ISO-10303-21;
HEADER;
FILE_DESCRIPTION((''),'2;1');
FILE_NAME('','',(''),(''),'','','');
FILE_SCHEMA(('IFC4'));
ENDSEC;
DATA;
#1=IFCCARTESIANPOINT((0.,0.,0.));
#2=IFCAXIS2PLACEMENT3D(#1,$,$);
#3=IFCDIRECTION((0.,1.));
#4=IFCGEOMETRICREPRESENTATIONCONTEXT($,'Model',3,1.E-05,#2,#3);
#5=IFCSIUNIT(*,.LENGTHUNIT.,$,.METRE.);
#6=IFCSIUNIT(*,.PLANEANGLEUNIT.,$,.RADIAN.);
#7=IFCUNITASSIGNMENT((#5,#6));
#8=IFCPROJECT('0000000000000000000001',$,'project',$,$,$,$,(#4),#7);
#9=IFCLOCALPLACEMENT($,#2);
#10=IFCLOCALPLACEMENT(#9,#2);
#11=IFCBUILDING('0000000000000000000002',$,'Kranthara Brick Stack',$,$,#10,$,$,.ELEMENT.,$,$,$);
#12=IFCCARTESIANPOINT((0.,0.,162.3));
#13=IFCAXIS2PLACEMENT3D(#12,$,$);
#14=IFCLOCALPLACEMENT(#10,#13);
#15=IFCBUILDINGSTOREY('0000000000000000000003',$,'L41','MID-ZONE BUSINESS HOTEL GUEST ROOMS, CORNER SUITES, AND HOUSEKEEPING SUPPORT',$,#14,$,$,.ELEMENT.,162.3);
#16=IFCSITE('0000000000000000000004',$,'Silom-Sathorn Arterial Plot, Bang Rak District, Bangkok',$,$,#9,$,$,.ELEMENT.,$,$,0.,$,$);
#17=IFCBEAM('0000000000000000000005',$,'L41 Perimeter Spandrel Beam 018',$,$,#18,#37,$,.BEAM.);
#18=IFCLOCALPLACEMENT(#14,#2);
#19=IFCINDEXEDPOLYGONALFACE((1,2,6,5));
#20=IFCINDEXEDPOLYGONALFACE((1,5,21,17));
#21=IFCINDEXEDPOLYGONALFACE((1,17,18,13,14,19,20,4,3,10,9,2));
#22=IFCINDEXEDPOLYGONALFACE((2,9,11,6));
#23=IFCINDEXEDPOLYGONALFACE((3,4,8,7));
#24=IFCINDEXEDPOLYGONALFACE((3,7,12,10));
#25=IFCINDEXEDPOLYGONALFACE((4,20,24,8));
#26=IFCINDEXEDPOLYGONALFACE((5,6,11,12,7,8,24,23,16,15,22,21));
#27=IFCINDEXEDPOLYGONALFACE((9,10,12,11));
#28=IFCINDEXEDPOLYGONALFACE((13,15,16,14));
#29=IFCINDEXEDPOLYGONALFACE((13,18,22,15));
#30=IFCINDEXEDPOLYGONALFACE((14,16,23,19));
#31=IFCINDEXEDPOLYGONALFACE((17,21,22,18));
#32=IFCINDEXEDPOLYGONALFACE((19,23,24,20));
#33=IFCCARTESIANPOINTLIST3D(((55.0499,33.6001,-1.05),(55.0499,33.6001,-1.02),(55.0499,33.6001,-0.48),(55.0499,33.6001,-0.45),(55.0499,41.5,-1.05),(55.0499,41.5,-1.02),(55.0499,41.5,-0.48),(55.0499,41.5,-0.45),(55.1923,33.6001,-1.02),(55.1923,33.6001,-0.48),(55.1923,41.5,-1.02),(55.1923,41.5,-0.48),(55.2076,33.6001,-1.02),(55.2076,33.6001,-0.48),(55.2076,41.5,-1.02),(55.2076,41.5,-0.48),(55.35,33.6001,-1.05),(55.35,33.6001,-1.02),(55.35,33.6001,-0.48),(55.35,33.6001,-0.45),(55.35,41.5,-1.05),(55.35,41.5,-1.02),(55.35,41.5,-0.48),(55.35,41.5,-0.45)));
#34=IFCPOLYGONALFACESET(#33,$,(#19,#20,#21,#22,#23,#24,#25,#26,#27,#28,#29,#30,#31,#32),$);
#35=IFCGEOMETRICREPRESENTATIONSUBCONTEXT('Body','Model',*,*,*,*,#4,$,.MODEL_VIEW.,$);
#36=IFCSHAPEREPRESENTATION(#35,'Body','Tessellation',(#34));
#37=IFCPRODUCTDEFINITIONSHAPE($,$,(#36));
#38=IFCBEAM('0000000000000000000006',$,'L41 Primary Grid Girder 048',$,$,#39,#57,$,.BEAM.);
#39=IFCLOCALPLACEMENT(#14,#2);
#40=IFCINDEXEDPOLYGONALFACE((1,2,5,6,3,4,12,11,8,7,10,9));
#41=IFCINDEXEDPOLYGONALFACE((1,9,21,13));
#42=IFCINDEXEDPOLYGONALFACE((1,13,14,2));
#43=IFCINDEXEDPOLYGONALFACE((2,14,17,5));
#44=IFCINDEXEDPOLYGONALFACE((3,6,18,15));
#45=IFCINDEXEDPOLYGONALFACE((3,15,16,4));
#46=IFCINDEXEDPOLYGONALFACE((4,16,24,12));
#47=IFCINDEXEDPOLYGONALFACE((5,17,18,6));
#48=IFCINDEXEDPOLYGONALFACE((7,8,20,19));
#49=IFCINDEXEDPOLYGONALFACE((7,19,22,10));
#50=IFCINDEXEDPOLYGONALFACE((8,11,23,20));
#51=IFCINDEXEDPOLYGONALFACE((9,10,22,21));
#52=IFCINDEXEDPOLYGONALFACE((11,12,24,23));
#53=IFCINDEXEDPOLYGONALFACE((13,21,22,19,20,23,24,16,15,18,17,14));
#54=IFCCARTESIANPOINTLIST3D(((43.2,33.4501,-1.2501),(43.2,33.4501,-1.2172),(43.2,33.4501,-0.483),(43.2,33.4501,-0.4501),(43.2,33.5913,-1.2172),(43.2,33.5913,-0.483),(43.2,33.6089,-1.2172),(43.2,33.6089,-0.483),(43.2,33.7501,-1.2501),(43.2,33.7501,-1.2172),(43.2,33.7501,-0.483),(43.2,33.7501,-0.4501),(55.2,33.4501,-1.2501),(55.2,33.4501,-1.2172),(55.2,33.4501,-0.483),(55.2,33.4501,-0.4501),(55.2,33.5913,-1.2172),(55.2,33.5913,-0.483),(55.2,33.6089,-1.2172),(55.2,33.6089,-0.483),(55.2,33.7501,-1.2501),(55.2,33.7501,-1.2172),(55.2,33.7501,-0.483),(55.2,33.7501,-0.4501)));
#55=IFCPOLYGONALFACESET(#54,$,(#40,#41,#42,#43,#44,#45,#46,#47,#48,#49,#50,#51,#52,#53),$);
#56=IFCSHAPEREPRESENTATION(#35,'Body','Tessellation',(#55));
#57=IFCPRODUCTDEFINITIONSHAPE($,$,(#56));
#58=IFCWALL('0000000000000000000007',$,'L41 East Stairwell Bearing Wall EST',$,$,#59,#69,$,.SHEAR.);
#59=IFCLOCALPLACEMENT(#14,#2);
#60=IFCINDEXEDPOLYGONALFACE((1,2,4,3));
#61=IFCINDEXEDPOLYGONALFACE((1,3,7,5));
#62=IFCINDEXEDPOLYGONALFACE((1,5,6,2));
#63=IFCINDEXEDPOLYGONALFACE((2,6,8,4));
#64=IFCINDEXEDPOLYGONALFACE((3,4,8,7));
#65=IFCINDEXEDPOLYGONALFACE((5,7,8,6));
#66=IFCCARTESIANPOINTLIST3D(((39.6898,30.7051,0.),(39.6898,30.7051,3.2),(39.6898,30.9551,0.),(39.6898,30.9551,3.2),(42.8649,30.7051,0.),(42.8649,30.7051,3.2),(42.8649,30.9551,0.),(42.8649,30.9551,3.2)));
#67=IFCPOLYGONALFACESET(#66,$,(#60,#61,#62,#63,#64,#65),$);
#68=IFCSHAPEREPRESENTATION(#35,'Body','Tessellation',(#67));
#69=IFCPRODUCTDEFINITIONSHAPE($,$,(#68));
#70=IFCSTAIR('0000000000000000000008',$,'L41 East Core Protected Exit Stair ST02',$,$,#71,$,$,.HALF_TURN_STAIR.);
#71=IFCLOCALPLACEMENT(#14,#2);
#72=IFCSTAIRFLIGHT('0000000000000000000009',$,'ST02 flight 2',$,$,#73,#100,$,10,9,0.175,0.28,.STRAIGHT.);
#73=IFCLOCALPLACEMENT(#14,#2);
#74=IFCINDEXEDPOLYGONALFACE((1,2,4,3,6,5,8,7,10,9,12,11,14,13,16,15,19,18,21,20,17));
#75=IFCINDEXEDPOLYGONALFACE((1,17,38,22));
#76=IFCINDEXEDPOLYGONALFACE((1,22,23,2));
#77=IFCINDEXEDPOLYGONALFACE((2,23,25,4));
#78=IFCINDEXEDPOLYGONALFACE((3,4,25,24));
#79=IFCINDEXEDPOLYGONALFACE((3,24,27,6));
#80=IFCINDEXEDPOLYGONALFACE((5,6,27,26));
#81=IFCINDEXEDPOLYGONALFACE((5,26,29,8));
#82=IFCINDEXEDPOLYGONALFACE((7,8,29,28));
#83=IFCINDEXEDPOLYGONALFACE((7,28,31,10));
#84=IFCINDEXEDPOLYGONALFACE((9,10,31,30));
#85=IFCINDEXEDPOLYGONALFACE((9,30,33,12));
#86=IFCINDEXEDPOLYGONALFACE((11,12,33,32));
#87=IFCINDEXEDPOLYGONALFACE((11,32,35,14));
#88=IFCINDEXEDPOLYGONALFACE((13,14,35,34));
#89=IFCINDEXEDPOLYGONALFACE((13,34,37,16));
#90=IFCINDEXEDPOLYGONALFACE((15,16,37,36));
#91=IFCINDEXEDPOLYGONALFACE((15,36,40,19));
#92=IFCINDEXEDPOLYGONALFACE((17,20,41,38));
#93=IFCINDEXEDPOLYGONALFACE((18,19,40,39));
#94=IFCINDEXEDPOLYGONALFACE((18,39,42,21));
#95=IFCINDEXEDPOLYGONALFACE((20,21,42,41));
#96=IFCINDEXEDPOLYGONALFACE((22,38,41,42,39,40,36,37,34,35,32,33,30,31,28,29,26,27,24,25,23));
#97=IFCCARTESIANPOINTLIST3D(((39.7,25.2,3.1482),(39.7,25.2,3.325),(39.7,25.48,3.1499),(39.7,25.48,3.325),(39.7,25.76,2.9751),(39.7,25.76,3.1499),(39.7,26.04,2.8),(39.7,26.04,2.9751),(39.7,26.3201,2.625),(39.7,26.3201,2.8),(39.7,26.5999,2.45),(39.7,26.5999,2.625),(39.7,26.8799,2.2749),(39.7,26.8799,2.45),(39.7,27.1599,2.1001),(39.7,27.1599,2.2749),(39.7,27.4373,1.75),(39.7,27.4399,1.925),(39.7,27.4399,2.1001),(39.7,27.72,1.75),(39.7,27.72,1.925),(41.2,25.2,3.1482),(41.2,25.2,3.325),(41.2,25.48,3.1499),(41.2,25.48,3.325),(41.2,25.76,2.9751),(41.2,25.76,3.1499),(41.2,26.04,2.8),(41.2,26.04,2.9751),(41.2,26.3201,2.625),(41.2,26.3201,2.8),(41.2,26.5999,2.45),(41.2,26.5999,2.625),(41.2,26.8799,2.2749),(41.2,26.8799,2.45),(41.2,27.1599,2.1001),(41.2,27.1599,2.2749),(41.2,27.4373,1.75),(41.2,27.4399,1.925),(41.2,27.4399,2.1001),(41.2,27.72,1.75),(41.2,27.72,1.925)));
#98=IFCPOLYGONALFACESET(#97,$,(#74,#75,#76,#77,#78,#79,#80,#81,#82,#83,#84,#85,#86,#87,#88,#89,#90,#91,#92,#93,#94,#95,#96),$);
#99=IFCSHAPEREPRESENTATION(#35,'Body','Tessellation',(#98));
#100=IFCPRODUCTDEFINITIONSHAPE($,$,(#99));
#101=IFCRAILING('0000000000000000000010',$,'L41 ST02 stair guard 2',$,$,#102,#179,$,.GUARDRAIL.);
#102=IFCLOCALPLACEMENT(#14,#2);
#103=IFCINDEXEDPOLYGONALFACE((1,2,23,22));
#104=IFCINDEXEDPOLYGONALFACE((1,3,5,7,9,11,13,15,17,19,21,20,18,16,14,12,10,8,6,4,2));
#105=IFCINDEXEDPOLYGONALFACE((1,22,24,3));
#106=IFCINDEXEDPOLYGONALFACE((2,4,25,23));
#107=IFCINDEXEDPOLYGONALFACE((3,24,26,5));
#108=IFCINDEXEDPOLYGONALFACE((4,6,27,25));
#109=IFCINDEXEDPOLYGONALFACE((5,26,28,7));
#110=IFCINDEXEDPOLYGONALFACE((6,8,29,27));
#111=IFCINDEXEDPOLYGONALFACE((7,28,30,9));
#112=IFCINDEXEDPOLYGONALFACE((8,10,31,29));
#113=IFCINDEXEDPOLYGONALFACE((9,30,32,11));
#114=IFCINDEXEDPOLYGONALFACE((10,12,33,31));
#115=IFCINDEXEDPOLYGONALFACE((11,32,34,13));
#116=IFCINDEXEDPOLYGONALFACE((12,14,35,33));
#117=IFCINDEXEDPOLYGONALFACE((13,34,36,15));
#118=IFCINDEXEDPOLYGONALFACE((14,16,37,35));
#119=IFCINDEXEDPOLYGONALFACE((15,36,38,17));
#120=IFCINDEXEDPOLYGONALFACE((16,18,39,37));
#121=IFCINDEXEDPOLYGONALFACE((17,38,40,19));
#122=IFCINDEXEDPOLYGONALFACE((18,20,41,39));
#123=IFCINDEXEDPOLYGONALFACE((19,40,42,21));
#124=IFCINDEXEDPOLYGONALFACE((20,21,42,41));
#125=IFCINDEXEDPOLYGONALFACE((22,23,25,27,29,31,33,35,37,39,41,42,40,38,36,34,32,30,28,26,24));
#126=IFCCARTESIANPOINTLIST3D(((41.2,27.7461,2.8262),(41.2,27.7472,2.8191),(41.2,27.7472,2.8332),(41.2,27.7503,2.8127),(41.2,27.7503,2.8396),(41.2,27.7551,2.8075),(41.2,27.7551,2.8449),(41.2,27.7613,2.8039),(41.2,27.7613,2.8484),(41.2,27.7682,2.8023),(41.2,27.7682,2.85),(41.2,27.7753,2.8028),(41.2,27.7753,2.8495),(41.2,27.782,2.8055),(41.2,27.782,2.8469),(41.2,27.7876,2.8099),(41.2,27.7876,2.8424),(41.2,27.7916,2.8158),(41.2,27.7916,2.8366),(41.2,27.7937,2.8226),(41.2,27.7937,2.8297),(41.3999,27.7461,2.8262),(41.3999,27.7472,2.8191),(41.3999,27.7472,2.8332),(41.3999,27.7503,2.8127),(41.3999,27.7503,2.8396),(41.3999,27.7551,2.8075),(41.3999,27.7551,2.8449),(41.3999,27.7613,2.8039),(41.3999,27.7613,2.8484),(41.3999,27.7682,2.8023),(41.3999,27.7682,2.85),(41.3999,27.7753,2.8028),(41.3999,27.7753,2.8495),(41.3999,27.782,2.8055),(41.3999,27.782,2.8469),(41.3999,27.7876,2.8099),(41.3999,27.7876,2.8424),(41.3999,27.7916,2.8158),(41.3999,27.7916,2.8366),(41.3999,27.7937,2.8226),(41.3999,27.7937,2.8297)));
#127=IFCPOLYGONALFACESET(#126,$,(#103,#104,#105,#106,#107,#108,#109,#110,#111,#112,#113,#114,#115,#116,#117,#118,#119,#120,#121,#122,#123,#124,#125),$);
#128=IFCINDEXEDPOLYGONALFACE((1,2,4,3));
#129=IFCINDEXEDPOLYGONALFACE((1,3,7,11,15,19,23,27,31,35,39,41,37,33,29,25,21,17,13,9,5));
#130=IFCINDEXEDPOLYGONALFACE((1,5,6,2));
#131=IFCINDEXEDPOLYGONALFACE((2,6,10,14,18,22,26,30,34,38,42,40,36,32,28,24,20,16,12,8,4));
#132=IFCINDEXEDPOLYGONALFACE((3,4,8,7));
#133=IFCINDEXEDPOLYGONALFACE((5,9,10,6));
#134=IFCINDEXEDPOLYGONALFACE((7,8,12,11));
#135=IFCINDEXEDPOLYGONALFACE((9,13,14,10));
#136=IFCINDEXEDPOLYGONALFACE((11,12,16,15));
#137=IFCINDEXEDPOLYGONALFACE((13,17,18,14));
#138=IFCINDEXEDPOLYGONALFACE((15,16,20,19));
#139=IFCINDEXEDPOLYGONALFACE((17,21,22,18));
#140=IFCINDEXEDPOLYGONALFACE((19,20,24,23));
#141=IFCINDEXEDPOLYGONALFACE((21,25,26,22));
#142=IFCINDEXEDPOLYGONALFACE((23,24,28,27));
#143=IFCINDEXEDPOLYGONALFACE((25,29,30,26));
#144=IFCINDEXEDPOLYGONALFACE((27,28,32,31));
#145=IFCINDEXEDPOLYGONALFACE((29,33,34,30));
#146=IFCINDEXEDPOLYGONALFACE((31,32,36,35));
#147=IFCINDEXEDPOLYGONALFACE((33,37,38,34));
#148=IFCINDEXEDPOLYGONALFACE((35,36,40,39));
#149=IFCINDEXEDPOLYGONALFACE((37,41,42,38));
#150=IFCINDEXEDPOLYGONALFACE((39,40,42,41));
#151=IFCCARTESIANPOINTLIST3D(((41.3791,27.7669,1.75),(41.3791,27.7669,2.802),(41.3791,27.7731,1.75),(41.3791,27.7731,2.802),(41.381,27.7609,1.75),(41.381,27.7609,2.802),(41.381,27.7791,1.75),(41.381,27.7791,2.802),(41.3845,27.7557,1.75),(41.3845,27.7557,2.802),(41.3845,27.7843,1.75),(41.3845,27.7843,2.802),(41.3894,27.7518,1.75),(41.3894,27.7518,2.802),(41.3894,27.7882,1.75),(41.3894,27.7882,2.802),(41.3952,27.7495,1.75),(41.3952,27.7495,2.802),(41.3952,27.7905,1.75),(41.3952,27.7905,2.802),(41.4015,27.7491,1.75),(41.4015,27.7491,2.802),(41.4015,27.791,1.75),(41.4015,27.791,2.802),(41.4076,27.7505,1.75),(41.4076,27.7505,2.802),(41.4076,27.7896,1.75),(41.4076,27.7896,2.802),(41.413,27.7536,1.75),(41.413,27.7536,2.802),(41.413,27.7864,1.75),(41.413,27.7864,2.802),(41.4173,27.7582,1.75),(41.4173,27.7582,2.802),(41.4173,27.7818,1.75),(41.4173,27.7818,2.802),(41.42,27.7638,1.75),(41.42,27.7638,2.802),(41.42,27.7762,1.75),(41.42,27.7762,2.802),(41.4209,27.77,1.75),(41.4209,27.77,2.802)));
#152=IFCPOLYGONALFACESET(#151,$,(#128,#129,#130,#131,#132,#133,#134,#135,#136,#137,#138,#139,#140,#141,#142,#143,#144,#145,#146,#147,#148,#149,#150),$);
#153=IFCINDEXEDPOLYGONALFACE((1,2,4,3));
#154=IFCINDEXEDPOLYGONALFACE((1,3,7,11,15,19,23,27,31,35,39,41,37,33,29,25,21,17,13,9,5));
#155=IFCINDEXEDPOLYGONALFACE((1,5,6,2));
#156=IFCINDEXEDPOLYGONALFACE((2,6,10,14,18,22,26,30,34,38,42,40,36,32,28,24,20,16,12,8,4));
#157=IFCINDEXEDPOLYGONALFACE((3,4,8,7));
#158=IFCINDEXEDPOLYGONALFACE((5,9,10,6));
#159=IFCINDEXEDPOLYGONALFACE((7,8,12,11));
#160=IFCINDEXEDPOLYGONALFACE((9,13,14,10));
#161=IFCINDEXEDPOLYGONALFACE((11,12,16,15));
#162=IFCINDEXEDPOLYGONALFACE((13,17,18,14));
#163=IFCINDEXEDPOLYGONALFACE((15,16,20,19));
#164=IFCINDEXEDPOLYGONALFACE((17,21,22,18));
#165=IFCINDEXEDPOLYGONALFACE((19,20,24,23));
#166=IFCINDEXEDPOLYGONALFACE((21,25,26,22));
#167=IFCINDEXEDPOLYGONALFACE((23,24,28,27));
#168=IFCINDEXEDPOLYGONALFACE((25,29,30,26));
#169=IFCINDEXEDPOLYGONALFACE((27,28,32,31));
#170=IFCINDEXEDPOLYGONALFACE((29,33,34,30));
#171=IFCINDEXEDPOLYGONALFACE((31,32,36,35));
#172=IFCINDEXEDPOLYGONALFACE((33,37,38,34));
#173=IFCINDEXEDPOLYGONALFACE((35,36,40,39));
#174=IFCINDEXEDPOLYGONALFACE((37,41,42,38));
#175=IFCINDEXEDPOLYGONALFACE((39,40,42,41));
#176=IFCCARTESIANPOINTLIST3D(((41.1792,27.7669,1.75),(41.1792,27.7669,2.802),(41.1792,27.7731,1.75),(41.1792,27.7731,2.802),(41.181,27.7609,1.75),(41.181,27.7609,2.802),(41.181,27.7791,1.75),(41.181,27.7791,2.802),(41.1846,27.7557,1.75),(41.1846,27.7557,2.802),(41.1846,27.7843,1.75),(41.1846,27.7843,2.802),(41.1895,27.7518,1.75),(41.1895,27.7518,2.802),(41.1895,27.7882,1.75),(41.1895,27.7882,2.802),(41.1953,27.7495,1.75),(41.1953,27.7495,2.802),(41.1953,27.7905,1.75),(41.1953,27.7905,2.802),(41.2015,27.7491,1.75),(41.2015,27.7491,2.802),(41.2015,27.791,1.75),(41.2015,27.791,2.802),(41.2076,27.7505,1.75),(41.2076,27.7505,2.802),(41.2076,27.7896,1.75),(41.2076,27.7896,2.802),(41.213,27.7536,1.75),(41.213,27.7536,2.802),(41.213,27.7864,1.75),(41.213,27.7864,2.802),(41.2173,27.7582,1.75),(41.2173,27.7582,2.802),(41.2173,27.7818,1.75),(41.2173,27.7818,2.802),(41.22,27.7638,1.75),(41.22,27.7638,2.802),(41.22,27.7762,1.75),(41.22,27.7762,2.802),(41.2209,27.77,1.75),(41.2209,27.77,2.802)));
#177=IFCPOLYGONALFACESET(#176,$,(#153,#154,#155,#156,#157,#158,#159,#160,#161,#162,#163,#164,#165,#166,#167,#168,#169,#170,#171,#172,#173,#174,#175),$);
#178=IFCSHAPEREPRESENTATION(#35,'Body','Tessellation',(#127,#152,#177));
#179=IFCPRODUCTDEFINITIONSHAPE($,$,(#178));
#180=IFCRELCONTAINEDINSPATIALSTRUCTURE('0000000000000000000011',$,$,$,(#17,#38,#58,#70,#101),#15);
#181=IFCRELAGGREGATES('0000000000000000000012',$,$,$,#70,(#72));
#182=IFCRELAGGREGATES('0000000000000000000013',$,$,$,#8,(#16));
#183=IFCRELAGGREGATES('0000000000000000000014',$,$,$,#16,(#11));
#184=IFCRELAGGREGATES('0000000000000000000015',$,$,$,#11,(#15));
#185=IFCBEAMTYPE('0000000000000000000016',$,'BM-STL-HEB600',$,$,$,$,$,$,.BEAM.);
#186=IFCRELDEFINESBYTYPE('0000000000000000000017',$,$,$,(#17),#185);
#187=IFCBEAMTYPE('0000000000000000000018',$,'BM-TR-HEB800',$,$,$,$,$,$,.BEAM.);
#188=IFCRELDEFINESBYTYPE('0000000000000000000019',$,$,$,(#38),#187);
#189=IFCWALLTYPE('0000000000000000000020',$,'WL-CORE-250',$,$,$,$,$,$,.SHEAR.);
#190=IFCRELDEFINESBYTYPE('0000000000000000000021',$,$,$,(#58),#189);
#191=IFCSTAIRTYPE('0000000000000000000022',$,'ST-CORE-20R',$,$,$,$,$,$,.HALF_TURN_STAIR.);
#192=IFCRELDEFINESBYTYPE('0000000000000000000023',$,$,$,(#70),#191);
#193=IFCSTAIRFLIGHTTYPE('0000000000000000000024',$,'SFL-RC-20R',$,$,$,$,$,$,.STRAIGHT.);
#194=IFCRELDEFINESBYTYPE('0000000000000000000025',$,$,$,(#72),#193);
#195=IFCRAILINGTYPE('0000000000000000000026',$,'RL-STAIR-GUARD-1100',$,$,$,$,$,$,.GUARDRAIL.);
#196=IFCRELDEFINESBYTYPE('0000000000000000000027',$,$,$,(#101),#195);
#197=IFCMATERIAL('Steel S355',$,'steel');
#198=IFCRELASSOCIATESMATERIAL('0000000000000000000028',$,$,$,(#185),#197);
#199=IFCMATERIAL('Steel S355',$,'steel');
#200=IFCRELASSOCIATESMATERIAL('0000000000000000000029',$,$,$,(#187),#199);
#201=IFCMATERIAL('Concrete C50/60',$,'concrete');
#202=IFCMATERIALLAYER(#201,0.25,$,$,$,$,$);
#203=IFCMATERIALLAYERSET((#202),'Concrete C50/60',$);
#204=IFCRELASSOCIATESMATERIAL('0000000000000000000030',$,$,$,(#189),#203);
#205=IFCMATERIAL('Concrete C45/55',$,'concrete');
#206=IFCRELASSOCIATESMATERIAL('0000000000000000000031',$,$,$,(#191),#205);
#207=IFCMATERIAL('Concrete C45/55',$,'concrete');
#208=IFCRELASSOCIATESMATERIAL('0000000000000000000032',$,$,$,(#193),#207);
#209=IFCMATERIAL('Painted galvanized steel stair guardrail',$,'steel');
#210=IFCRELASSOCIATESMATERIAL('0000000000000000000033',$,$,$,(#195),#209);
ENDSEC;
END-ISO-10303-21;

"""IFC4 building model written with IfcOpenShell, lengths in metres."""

from ifc_helpers import new_model, si_unit, direction, frame, frame_2d, origin, origin_2d, place, context, subcontext, project, spatial, polyline, rectangle, circle, i_section, outline, extrude, material, layer, layer_set, material_profile, profile_set, type_object, element, aggregate, save


model = new_model("IFC4")

# Units and contexts
model_context = context("Model", 3, precision=1e-05, world=origin(), true_north=direction((0.0, 1.0)))
body_context = subcontext(model_context, "Body", "Model", "MODEL_VIEW")
ifc_project = project(units=[si_unit("LENGTHUNIT", "METRE"), si_unit("PLANEANGLEUNIT", "RADIAN")], contexts=[model_context])

# Site, building, storey
site_placement = place(None, origin())
site = spatial("IfcSite", under=ifc_project, at=site_placement, Name="Silom-Sathorn Arterial Plot, Bang Rak District, Bangkok", CompositionType="ELEMENT", RefElevation=0.0)
building_placement = place(site_placement, origin())
building = spatial("IfcBuilding", under=site, at=building_placement, Name="Kranthara Brick Stack", CompositionType="ELEMENT")
storey_placement = place(building_placement, frame((0.0, 0.0, 162.3)))
storey = spatial("IfcBuildingStorey", under=building, at=storey_placement, Name="L41", Description="MID-ZONE BUSINESS HOTEL GUEST ROOMS, CORNER SUITES, AND HOUSEKEEPING SUPPORT", CompositionType="ELEMENT", Elevation=162.3)

# Beams
ifc_material_1 = material(Name="Steel S355", Category="steel")
ifc_material_profile_1 = material_profile(ifc_material_1, i_section(OverallWidth=0.3, OverallDepth=0.6001, WebThickness=0.0154, FlangeThickness=0.03, at=origin_2d()), Name="HEB 600")
ifc_profile_set_1 = profile_set([ifc_material_profile_1], Name="Steel S355")
beam_type_1 = type_object("IfcBeamType", Name="BM-STL-HEB600", PredefinedType="BEAM", material=ifc_profile_set_1)
beam_1_placement = place(storey_placement, frame((55.2, 33.6001, -0.75), z_axis=(0.0, 1.0, 0.0), x_axis=(-1.0, 0.0, 0.0)))
element("IfcBeam", 1, at=beam_1_placement, inside=storey, type_object=beam_type_1, Name="L41 Perimeter Spandrel Beam 018", PredefinedType="BEAM", context=body_context, shape_type="SweptSolid", body=[
    extrude(i_section(OverallWidth=0.3, OverallDepth=0.6001, WebThickness=0.0154, FlangeThickness=0.03, at=origin_2d()), origin(), (0.0, 0.0, 1.0), 7.8999),
])
ifc_material_2 = material(Name="Steel S355", Category="steel")
ifc_material_profile_2 = material_profile(ifc_material_2, i_section(OverallWidth=0.3, OverallDepth=0.8, WebThickness=0.0176, FlangeThickness=0.033, at=origin_2d()), Name="HEB 800")
ifc_profile_set_2 = profile_set([ifc_material_profile_2], Name="Steel S355")
beam_type_2 = type_object("IfcBeamType", Name="BM-TR-HEB800", PredefinedType="BEAM", material=ifc_profile_set_2)
beam_2_placement = place(storey_placement, frame((43.2, 33.6001, -0.8501), z_axis=(1.0, 0.0, 0.0), x_axis=(0.0, 1.0, 0.0)))
element("IfcBeam", 2, at=beam_2_placement, inside=storey, type_object=beam_type_2, Name="L41 Primary Grid Girder 048", PredefinedType="BEAM", context=body_context, shape_type="SweptSolid", body=[
    extrude(i_section(OverallWidth=0.3, OverallDepth=0.8, WebThickness=0.0176, FlangeThickness=0.033, at=origin_2d()), origin(), (0.0, 0.0, 1.0), 12.0),
])

# Wall
ifc_material_3 = material(Name="Concrete C50/60", Category="concrete")
ifc_layer = layer(ifc_material_3, 0.25)
ifc_layer_set = layer_set([ifc_layer], Name="Concrete C50/60")
wall_type = type_object("IfcWallType", Name="WL-CORE-250", PredefinedType="SHEAR", material=ifc_layer_set)
wall_placement = place(storey_placement, frame((39.6899, 30.8301, 0.0), z_axis=(0.0, 0.0, 1.0), x_axis=(1.0, 0.0, 0.0)))
element("IfcWall", 3, at=wall_placement, inside=storey, type_object=wall_type, Name="L41 East Stairwell Bearing Wall EST", PredefinedType="SHEAR", context=body_context, shape_type="SweptSolid", body=[
    extrude(rectangle(XDim=3.175, YDim=0.25, at=frame_2d((1.5874, 0.0))), origin(), (0.0, 0.0, 1.0), 3.2),
])

# Stair, stair flight
ifc_material_4 = material(Name="Concrete C45/55", Category="concrete")
stair_type = type_object("IfcStairType", Name="ST-CORE-20R", PredefinedType="HALF_TURN_STAIR", material=ifc_material_4)
stair_placement = place(storey_placement, origin())
stair = element("IfcStair", 4, at=stair_placement, inside=storey, type_object=stair_type, Name="L41 East Core Protected Exit Stair ST02", PredefinedType="HALF_TURN_STAIR")
ifc_material_5 = material(Name="Concrete C45/55", Category="concrete")
stair_flight_type = type_object("IfcStairFlightType", Name="SFL-RC-20R", PredefinedType="STRAIGHT", material=ifc_material_5)
stair_flight_placement = place(storey_placement, frame((40.45, 27.72, 1.75), z_axis=(0.0, 0.0, 1.0), x_axis=(0.0, -1.0, 0.0)))
stair_flight = element("IfcStairFlight", 5, at=stair_flight_placement, type_object=stair_flight_type, Name="ST02 flight 2", NumberOfRisers=10, NumberOfTreads=9, PredefinedType="STRAIGHT", RiserHeight=0.175, TreadLength=0.28, context=body_context, shape_type="SweptSolid", body=[
    extrude(outline(polyline([(0.0, 0.0), (0.0, 0.175), (0.28, 0.175), (0.28, 0.3501), (0.5601, 0.3501), (0.5601, 0.5249), (0.8401, 0.5249), (0.8401, 0.7), (1.1201, 0.7), (1.1201, 0.875), (1.3999, 0.875), (1.3999, 1.05), (1.6799, 1.05), (1.6799, 1.2251), (1.96, 1.2251), (1.96, 1.3999), (2.24, 1.3999), (2.24, 1.575), (2.52, 1.575), (2.52, 1.75), (2.52, 1.3982), (0.2827, 0.0), (0.0, 0.0)])), frame((0.0, 0.75, 0.0), z_axis=(0.0, -1.0, 0.0), x_axis=(1.0, 0.0, 0.0)), (0.0, 0.0, 1.0), 1.5),
])
aggregate(stair, [stair_flight])

# Railing
ifc_material_6 = material(Name="Painted galvanized steel stair guardrail", Category="steel")
railing_type_1 = type_object("IfcRailingType", Name="RL-STAIR-GUARD-1100", PredefinedType="GUARDRAIL", material=ifc_material_6)
railing_1_placement = place(storey_placement, frame((41.3999, 27.77, 1.75)))
element("IfcRailing", 6, at=railing_1_placement, inside=storey, type_object=railing_type_1, Name="L41 ST02 stair guard 2", PredefinedType="GUARDRAIL", context=body_context, shape_type="SweptSolid", body=[
    extrude(circle(Radius=0.0239, at=origin_2d()), frame((0.0, 0.0, 1.0762), z_axis=(-1.0, 0.0, 0.0), x_axis=(0.0, -1.0, 0.0)), (0.0, 0.0, 1.0), 0.2),
    extrude(circle(Radius=0.021, at=origin_2d()), origin(), (0.0, 0.0, 1.0), 1.052),
    extrude(circle(Radius=0.021, at=origin_2d()), frame((-0.2, 0.0, 0.0)), (0.0, 0.0, 1.0), 1.052),
])

save(model, "model.ifc")
